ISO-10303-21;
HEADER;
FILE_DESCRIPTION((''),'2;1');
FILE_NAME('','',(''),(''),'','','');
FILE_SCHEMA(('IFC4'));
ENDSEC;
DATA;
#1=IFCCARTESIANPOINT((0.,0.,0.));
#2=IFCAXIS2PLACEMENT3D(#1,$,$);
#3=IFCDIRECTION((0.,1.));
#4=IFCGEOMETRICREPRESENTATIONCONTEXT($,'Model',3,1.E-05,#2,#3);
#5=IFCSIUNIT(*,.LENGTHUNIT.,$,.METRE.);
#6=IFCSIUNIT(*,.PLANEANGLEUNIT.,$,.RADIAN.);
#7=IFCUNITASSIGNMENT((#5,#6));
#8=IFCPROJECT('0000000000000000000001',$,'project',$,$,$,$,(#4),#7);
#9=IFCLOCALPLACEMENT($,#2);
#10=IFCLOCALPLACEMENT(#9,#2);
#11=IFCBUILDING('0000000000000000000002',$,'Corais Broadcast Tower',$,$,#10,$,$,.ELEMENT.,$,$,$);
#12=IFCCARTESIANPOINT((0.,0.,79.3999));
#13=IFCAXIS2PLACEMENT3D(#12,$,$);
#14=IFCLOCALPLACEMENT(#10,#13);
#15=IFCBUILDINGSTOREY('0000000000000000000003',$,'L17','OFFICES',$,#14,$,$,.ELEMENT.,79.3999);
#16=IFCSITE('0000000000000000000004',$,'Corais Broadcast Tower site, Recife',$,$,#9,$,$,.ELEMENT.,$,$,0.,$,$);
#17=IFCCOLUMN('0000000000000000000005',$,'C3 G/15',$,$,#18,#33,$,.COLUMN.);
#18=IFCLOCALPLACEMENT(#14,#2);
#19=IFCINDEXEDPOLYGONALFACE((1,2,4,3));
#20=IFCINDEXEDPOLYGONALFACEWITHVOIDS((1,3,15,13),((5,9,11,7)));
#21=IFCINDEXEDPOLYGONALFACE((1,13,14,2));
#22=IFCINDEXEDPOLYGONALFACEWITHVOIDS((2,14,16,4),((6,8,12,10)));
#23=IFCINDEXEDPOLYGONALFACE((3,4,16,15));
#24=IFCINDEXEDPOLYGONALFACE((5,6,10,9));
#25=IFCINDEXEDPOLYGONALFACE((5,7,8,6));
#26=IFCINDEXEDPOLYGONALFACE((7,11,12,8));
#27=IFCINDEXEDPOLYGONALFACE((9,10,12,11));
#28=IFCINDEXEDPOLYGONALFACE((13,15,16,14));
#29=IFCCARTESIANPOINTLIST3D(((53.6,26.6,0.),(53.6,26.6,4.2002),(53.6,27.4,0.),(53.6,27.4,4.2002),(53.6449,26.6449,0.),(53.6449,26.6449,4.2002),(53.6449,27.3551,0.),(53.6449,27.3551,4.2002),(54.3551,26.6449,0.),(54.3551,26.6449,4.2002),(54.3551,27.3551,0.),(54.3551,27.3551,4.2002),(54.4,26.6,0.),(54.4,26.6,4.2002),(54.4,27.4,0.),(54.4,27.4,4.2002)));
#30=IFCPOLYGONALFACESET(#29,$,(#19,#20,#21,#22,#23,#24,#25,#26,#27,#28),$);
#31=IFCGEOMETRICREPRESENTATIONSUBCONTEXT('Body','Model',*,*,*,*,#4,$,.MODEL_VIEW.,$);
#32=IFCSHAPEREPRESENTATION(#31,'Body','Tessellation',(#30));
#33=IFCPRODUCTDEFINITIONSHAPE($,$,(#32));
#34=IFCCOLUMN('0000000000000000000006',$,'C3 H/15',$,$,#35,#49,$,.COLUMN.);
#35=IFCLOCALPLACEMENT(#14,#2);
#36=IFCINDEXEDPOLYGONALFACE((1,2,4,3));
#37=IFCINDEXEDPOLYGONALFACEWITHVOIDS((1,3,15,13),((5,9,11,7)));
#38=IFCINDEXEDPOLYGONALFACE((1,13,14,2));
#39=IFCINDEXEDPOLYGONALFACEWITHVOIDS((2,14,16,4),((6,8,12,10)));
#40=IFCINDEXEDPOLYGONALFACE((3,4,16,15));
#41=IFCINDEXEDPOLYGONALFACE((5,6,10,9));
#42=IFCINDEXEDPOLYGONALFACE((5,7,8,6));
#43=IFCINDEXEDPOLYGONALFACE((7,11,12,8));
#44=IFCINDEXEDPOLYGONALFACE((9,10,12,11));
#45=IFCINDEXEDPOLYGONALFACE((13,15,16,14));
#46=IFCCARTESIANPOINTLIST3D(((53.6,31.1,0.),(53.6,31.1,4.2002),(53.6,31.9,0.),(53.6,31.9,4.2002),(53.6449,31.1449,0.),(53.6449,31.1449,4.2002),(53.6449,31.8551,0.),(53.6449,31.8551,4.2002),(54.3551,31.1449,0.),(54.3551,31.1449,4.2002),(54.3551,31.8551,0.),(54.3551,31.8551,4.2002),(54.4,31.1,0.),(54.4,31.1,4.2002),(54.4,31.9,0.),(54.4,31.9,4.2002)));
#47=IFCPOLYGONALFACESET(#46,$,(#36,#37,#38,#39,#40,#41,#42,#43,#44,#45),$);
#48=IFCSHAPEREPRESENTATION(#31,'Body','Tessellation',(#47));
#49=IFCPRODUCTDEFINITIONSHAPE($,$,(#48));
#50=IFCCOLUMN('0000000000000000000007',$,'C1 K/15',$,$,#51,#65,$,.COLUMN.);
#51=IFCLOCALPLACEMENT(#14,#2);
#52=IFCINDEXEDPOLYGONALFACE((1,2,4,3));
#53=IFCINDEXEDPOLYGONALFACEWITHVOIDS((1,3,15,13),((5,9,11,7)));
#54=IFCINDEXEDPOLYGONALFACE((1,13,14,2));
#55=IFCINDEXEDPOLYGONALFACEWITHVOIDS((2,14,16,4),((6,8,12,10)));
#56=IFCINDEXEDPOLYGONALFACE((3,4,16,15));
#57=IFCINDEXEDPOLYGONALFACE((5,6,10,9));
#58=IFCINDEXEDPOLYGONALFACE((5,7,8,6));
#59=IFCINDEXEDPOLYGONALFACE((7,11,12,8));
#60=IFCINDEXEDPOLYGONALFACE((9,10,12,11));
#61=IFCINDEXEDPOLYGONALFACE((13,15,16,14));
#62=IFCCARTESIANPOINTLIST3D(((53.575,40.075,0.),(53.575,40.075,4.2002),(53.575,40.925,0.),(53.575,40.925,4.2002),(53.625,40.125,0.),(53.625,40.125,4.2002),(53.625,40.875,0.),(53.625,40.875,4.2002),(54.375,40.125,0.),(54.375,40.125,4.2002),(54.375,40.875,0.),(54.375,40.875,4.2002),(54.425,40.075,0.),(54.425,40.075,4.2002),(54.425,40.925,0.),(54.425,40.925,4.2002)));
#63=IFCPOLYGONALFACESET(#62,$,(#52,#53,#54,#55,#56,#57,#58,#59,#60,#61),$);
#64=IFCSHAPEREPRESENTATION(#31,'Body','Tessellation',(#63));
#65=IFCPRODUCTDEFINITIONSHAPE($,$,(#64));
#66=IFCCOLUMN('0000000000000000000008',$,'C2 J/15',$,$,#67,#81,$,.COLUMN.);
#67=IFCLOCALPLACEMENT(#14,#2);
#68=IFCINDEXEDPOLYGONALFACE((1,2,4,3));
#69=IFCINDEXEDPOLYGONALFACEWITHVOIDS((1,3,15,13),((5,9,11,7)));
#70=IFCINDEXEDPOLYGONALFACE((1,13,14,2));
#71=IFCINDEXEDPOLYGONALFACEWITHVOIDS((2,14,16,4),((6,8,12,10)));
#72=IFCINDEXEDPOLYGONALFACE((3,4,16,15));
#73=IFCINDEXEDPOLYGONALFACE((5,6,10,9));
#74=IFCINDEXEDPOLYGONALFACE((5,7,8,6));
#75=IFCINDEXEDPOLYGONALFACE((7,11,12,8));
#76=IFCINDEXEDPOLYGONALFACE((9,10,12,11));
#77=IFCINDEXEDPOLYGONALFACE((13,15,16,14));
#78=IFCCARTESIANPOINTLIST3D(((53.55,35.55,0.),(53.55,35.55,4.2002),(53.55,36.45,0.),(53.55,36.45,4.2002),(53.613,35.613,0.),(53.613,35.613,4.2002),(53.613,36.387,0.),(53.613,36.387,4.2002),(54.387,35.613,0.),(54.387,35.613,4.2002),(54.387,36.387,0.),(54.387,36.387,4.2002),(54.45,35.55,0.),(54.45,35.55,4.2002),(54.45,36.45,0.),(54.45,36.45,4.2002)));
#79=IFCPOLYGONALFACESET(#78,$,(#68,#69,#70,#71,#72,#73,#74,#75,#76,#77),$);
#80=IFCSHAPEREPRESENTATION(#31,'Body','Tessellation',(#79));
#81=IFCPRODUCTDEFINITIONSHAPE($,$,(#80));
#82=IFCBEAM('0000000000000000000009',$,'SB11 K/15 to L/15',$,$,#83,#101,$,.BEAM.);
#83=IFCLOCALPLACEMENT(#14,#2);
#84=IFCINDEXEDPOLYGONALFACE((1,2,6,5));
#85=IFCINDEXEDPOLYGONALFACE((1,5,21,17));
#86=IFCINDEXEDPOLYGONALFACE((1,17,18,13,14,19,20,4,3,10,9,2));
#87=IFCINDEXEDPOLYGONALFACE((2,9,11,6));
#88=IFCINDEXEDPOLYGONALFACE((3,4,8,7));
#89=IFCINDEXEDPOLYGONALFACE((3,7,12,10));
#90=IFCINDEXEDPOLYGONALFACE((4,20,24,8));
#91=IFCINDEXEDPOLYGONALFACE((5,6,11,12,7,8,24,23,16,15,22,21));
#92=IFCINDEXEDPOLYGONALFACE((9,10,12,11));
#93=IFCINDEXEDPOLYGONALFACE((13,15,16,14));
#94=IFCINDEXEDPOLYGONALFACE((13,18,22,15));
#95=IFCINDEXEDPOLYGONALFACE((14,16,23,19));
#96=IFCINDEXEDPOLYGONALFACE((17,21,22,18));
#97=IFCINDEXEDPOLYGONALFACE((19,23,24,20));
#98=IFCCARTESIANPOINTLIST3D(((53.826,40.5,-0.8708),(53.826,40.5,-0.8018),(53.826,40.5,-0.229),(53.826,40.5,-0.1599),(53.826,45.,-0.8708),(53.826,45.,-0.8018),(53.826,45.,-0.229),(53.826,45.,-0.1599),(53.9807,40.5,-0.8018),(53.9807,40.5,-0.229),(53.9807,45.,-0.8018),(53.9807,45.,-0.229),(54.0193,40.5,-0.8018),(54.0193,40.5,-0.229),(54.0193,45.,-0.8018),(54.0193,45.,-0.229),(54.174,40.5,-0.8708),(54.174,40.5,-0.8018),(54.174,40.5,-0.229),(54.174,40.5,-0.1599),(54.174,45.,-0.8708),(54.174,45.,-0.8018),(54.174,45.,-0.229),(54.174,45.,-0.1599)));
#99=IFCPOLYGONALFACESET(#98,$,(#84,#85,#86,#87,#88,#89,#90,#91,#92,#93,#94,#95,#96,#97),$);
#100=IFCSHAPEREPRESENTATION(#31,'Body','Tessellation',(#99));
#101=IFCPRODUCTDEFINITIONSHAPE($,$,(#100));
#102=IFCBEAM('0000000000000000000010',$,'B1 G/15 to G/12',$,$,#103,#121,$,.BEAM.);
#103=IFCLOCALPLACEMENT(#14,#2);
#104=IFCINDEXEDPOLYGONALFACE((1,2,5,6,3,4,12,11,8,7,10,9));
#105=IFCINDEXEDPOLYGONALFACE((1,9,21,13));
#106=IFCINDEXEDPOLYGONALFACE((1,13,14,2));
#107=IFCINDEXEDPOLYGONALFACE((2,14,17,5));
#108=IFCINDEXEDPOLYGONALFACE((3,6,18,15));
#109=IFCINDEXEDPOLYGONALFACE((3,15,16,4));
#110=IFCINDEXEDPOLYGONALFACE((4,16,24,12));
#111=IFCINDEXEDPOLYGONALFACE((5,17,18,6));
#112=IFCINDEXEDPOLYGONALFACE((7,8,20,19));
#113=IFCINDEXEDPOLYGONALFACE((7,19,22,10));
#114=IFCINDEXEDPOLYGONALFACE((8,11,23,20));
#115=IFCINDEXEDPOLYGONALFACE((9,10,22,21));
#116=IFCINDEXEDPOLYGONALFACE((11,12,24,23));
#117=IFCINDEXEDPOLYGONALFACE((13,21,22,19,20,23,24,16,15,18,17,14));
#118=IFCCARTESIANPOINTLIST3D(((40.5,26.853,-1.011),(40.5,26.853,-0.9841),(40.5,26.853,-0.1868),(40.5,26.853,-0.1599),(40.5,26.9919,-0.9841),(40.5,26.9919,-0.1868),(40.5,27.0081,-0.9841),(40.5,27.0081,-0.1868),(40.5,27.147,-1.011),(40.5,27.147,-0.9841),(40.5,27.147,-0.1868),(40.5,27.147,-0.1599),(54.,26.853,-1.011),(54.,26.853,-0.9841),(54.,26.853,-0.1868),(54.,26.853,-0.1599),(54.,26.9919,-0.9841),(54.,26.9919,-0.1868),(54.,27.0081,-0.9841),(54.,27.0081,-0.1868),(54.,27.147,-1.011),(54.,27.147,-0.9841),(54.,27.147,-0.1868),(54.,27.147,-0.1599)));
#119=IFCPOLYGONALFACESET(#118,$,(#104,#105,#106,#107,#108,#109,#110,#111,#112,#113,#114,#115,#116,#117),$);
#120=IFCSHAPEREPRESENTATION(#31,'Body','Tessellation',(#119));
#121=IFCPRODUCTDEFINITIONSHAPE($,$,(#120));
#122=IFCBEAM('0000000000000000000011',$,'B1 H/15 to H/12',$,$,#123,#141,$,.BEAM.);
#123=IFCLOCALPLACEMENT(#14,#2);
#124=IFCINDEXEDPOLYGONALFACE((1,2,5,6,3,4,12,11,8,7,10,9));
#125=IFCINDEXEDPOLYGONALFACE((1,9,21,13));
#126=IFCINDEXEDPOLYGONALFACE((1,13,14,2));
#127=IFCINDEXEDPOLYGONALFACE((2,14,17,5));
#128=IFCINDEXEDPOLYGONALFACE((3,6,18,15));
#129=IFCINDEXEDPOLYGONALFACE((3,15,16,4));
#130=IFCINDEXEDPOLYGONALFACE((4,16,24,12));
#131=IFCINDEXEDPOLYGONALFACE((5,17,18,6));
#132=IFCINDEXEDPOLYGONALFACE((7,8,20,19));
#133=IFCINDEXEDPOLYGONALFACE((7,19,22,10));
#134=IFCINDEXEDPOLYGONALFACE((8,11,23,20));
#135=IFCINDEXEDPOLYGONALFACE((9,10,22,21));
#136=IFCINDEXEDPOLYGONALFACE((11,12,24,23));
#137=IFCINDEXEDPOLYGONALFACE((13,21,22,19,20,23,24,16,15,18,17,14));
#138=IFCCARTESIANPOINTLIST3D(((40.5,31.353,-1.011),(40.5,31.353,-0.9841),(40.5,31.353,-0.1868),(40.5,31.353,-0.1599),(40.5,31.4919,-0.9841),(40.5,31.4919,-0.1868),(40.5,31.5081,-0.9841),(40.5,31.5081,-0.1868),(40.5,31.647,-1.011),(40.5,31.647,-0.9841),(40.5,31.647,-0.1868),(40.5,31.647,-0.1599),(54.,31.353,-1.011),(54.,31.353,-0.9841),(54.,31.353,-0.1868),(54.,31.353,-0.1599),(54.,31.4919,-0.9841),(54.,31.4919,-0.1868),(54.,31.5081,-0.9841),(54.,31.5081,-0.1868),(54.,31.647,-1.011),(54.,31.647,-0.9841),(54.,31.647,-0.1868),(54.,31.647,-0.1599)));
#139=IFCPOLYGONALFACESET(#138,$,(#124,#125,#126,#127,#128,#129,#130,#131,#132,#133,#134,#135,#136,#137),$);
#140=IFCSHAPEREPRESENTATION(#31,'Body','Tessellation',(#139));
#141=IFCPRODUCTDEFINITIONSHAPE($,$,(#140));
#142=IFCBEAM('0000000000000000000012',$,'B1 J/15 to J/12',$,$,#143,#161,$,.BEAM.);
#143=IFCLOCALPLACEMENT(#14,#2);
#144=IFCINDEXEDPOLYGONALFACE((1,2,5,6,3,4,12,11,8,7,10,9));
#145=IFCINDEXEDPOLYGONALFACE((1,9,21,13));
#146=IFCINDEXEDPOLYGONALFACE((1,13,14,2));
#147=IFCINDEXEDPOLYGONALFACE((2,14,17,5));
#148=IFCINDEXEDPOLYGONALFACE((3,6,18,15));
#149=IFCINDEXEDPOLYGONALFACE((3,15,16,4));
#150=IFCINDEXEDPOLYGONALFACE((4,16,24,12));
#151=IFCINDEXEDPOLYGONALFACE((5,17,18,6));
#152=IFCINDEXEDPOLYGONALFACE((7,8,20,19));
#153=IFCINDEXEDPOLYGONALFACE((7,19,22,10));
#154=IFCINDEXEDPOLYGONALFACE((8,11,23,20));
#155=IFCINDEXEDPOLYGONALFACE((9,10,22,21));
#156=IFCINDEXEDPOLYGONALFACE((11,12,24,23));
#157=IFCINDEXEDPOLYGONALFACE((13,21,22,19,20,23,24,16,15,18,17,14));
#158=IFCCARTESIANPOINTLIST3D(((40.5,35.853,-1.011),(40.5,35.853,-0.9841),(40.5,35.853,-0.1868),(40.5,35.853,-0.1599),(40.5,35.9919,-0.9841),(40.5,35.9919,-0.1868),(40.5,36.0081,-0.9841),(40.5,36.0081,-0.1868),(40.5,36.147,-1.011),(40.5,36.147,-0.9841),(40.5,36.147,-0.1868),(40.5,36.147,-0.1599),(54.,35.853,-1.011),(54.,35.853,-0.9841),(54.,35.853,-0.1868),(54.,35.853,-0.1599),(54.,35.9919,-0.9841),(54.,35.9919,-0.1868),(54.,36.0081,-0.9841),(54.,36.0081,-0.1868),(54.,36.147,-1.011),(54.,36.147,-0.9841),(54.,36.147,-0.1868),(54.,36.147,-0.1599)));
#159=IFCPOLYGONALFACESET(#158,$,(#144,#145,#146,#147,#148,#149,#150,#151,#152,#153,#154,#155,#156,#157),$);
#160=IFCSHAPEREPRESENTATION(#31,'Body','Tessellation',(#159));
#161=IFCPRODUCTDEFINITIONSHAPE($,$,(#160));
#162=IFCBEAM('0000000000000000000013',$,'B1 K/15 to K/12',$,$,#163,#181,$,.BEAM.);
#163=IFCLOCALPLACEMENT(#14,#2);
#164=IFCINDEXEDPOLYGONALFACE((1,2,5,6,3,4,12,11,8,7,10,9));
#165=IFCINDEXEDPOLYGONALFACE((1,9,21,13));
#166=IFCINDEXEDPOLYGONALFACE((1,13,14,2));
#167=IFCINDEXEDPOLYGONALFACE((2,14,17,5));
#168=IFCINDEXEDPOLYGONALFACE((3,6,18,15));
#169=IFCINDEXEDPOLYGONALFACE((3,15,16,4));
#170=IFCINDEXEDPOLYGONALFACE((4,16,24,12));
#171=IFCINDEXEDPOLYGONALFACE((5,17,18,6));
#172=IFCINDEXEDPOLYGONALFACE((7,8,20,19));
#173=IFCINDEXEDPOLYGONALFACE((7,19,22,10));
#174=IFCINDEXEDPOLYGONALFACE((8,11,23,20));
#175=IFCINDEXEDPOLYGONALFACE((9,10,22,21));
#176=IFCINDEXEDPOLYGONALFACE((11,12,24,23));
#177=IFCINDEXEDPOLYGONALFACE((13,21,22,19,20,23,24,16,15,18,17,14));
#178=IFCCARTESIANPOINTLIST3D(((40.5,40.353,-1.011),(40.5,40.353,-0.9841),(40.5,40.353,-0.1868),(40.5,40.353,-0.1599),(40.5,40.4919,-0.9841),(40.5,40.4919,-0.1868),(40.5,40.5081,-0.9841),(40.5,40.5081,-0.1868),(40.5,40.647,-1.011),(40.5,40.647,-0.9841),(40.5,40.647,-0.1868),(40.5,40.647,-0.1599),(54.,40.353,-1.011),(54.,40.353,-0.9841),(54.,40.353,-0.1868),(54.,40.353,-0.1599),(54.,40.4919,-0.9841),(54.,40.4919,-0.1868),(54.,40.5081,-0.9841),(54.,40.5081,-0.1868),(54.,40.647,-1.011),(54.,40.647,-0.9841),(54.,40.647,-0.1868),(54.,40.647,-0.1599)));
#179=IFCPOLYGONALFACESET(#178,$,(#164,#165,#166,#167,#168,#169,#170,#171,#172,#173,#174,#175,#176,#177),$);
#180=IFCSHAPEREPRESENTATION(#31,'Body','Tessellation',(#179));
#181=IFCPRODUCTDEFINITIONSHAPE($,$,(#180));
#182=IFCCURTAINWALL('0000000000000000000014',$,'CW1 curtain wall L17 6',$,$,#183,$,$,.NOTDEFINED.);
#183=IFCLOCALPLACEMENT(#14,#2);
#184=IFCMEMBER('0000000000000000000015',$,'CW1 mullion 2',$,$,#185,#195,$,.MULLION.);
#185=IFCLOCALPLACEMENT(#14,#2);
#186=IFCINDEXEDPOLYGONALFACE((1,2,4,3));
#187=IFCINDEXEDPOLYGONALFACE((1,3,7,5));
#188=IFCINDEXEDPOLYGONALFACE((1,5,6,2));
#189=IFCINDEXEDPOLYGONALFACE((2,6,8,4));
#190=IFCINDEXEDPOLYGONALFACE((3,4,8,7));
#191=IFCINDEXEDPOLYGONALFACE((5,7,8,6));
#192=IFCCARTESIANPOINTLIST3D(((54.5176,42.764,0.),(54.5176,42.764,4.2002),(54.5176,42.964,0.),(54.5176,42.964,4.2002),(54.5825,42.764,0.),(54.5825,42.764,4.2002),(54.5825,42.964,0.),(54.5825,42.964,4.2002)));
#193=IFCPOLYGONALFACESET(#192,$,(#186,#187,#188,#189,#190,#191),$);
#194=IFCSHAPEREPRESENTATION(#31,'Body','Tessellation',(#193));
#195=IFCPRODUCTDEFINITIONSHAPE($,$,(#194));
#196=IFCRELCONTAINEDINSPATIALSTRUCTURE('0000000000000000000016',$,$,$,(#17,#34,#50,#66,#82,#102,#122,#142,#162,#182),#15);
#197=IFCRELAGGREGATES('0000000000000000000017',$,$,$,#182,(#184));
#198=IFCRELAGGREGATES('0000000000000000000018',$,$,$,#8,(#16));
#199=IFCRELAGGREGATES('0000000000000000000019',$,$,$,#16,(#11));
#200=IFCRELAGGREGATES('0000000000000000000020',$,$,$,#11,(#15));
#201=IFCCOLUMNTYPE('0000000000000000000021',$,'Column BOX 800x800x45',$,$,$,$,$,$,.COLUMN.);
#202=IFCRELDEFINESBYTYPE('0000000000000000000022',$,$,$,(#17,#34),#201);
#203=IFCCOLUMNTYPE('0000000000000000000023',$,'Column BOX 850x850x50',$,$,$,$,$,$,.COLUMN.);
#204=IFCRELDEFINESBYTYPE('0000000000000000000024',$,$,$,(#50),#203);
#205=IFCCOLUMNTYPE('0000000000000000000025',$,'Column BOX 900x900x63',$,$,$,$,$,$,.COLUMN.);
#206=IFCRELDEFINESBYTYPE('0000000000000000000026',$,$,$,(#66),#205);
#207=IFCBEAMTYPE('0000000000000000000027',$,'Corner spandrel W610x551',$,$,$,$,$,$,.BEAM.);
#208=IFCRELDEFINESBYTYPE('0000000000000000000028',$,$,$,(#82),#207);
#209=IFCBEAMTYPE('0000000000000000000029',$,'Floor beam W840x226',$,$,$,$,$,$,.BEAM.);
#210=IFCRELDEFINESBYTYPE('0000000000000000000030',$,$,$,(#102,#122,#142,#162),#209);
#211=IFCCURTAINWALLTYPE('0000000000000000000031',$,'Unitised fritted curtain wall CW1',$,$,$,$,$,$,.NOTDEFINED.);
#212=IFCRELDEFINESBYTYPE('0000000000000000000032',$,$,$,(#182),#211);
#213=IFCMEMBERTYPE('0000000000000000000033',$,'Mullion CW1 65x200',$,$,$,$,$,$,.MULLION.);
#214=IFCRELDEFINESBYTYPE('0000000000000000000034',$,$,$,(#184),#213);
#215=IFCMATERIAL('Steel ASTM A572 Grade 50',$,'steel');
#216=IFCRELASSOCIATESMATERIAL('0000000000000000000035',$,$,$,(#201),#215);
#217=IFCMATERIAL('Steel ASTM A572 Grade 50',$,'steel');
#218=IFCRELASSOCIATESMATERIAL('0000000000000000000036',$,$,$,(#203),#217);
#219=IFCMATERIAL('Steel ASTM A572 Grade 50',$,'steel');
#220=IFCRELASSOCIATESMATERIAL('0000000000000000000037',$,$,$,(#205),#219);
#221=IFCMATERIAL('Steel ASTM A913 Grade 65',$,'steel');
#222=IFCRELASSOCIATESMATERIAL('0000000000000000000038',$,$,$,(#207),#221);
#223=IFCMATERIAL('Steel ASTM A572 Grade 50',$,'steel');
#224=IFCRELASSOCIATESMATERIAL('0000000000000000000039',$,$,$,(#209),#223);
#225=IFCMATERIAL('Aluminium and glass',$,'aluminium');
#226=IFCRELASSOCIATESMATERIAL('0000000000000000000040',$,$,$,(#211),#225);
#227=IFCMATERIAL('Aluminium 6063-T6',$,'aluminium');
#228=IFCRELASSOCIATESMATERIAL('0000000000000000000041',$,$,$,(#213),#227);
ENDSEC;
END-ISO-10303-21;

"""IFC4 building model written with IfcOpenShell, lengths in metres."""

from ifc_helpers import new_model, si_unit, direction, frame, origin, origin_2d, place, context, subcontext, project, spatial, rectangle, hollow_rectangle, i_section, extrude, material, material_profile, profile_set, type_object, element, aggregate, save


model = new_model("IFC4")

# Units and contexts
model_context = context("Model", 3, precision=1e-05, world=origin(), true_north=direction((0.0, 1.0)))
body_context = subcontext(model_context, "Body", "Model", "MODEL_VIEW")
ifc_project = project(units=[si_unit("LENGTHUNIT", "METRE"), si_unit("PLANEANGLEUNIT", "RADIAN")], contexts=[model_context])

# Site, building, storey
site_placement = place(None, origin())
site = spatial("IfcSite", under=ifc_project, at=site_placement, Name="Corais Broadcast Tower site, Recife", CompositionType="ELEMENT", RefElevation=0.0)
building_placement = place(site_placement, origin())
building = spatial("IfcBuilding", under=site, at=building_placement, Name="Corais Broadcast Tower", CompositionType="ELEMENT")
storey_placement = place(building_placement, frame((0.0, 0.0, 79.3999)))
storey = spatial("IfcBuildingStorey", under=building, at=storey_placement, Name="L17", Description="OFFICES", CompositionType="ELEMENT", Elevation=79.3999)

# Columns
ifc_material_1 = material(Name="Steel ASTM A572 Grade 50", Category="steel")
ifc_material_profile_1 = material_profile(ifc_material_1, hollow_rectangle(XDim=0.8, YDim=0.8, WallThickness=0.0449, at=origin_2d()), Name="BOX 800x800x45")
ifc_profile_set_1 = profile_set([ifc_material_profile_1], Name="Steel ASTM A572 Grade 50")
column_type_1 = type_object("IfcColumnType", Name="Column BOX 800x800x45", PredefinedType="COLUMN", material=ifc_profile_set_1)
for number, where, z_axis, x_axis, name in (
    (1, (54.0, 27.0, 0.0), (0.0, 0.0, 1.0), (1.0, 0.0, 0.0), "C3 G/15"),
    (2, (54.0, 31.5, 0.0), (0.0, 0.0, 1.0), (1.0, 0.0, 0.0), "C3 H/15"),
):
    element("IfcColumn", number, at=place(storey_placement, frame(where, z_axis=z_axis, x_axis=x_axis)), inside=storey, type_object=column_type_1, Name=name, PredefinedType="COLUMN", context=body_context, shape_type="SweptSolid", body=[
        extrude(hollow_rectangle(XDim=0.8, YDim=0.8, WallThickness=0.0449, at=origin_2d()), origin(), (0.0, 0.0, 1.0), 4.2002),
    ])
ifc_material_2 = material(Name="Steel ASTM A572 Grade 50", Category="steel")
ifc_material_profile_2 = material_profile(ifc_material_2, hollow_rectangle(XDim=0.8501, YDim=0.8501, WallThickness=0.05, at=origin_2d()), Name="BOX 850x850x50")
ifc_profile_set_2 = profile_set([ifc_material_profile_2], Name="Steel ASTM A572 Grade 50")
column_type_2 = type_object("IfcColumnType", Name="Column BOX 850x850x50", PredefinedType="COLUMN", material=ifc_profile_set_2)
column_1_placement = place(storey_placement, frame((54.0, 40.5, 0.0), z_axis=(0.0, 0.0, 1.0), x_axis=(1.0, 0.0, 0.0)))
element("IfcColumn", 3, at=column_1_placement, inside=storey, type_object=column_type_2, Name="C1 K/15", PredefinedType="COLUMN", context=body_context, shape_type="SweptSolid", body=[
    extrude(hollow_rectangle(XDim=0.8501, YDim=0.8501, WallThickness=0.05, at=origin_2d()), origin(), (0.0, 0.0, 1.0), 4.2002),
])
ifc_material_3 = material(Name="Steel ASTM A572 Grade 50", Category="steel")
ifc_material_profile_3 = material_profile(ifc_material_3, hollow_rectangle(XDim=0.8999, YDim=0.8999, WallThickness=0.063, at=origin_2d()), Name="BOX 900x900x63")
ifc_profile_set_3 = profile_set([ifc_material_profile_3], Name="Steel ASTM A572 Grade 50")
column_type_3 = type_object("IfcColumnType", Name="Column BOX 900x900x63", PredefinedType="COLUMN", material=ifc_profile_set_3)
column_2_placement = place(storey_placement, frame((54.0, 36.0, 0.0), z_axis=(0.0, 0.0, 1.0), x_axis=(1.0, 0.0, 0.0)))
element("IfcColumn", 4, at=column_2_placement, inside=storey, type_object=column_type_3, Name="C2 J/15", PredefinedType="COLUMN", context=body_context, shape_type="SweptSolid", body=[
    extrude(hollow_rectangle(XDim=0.8999, YDim=0.8999, WallThickness=0.063, at=origin_2d()), origin(), (0.0, 0.0, 1.0), 4.2002),
])

# Beams
ifc_material_4 = material(Name="Steel ASTM A913 Grade 65", Category="steel")
ifc_material_profile_4 = material_profile(ifc_material_4, i_section(OverallWidth=0.3479, OverallDepth=0.7109, WebThickness=0.0386, FlangeThickness=0.0691, at=origin_2d()), Name="W610x551")
ifc_profile_set_4 = profile_set([ifc_material_profile_4], Name="Steel ASTM A913 Grade 65")
beam_type_1 = type_object("IfcBeamType", Name="Corner spandrel W610x551", PredefinedType="BEAM", material=ifc_profile_set_4)
beam_1_placement = place(storey_placement, frame((54.0, 40.5, -0.5154), z_axis=(0.0, 1.0, 0.0), x_axis=(-1.0, 0.0, 0.0)))
element("IfcBeam", 5, at=beam_1_placement, inside=storey, type_object=beam_type_1, Name="SB11 K/15 to L/15", PredefinedType="BEAM", context=body_context, shape_type="SweptSolid", body=[
    extrude(i_section(OverallWidth=0.3479, OverallDepth=0.7109, WebThickness=0.0386, FlangeThickness=0.0691, at=origin_2d()), origin(), (0.0, 0.0, 1.0), 4.5),
])
ifc_material_5 = material(Name="Steel ASTM A572 Grade 50", Category="steel")
ifc_material_profile_5 = material_profile(ifc_material_5, i_section(OverallWidth=0.2939, OverallDepth=0.8511, WebThickness=0.0161, FlangeThickness=0.0269, at=origin_2d()), Name="W840x226")
ifc_profile_set_5 = profile_set([ifc_material_profile_5], Name="Steel ASTM A572 Grade 50")
beam_type_2 = type_object("IfcBeamType", Name="Floor beam W840x226", PredefinedType="BEAM", material=ifc_profile_set_5)
for number, where, z_axis, x_axis, name in (
    (6, (54.0, 27.0, -0.5854), (-1.0, 0.0, 0.0), (0.0, -1.0, 0.0), "B1 G/15 to G/12"),
    (7, (54.0, 31.5, -0.5854), (-1.0, 0.0, 0.0), (0.0, -1.0, 0.0), "B1 H/15 to H/12"),
    (8, (54.0, 36.0, -0.5854), (-1.0, 0.0, 0.0), (0.0, -1.0, 0.0), "B1 J/15 to J/12"),
    (9, (54.0, 40.5, -0.5854), (-1.0, 0.0, 0.0), (0.0, -1.0, 0.0), "B1 K/15 to K/12"),
):
    element("IfcBeam", number, at=place(storey_placement, frame(where, z_axis=z_axis, x_axis=x_axis)), inside=storey, type_object=beam_type_2, Name=name, PredefinedType="BEAM", context=body_context, shape_type="SweptSolid", body=[
        extrude(i_section(OverallWidth=0.2939, OverallDepth=0.8511, WebThickness=0.0161, FlangeThickness=0.0269, at=origin_2d()), origin(), (0.0, 0.0, 1.0), 13.5),
    ])

# Curtain wall, member
ifc_material_6 = material(Name="Aluminium and glass", Category="aluminium")
curtain_wall_type = type_object("IfcCurtainWallType", Name="Unitised fritted curtain wall CW1", PredefinedType="NOTDEFINED", material=ifc_material_6)
curtain_wall_placement = place(storey_placement, origin())
curtain_wall = element("IfcCurtainWall", 10, at=curtain_wall_placement, inside=storey, type_object=curtain_wall_type, Name="CW1 curtain wall L17 6", PredefinedType="NOTDEFINED")
ifc_material_7 = material(Name="Aluminium 6063-T6", Category="aluminium")
ifc_material_profile_6 = material_profile(ifc_material_7, rectangle(XDim=0.0649, YDim=0.2, at=origin_2d()), Name="Mullion CW1 65x200")
ifc_profile_set_6 = profile_set([ifc_material_profile_6], Name="Aluminium 6063-T6")
member_type_1 = type_object("IfcMemberType", Name="Mullion CW1 65x200", PredefinedType="MULLION", material=ifc_profile_set_6)
member_1_placement = place(storey_placement, frame((54.55, 42.864, 0.0), z_axis=(0.0, 0.0, 1.0), x_axis=(1.0, 0.0, 0.0)))
member_1 = element("IfcMember", 11, at=member_1_placement, type_object=member_type_1, Name="CW1 mullion 2", PredefinedType="MULLION", context=body_context, shape_type="SweptSolid", body=[
    extrude(rectangle(XDim=0.0649, YDim=0.2, at=origin_2d()), origin(), (0.0, 0.0, 1.0), 4.2002),
])

aggregate(curtain_wall, [member_1])

save(model, "model.ifc")
